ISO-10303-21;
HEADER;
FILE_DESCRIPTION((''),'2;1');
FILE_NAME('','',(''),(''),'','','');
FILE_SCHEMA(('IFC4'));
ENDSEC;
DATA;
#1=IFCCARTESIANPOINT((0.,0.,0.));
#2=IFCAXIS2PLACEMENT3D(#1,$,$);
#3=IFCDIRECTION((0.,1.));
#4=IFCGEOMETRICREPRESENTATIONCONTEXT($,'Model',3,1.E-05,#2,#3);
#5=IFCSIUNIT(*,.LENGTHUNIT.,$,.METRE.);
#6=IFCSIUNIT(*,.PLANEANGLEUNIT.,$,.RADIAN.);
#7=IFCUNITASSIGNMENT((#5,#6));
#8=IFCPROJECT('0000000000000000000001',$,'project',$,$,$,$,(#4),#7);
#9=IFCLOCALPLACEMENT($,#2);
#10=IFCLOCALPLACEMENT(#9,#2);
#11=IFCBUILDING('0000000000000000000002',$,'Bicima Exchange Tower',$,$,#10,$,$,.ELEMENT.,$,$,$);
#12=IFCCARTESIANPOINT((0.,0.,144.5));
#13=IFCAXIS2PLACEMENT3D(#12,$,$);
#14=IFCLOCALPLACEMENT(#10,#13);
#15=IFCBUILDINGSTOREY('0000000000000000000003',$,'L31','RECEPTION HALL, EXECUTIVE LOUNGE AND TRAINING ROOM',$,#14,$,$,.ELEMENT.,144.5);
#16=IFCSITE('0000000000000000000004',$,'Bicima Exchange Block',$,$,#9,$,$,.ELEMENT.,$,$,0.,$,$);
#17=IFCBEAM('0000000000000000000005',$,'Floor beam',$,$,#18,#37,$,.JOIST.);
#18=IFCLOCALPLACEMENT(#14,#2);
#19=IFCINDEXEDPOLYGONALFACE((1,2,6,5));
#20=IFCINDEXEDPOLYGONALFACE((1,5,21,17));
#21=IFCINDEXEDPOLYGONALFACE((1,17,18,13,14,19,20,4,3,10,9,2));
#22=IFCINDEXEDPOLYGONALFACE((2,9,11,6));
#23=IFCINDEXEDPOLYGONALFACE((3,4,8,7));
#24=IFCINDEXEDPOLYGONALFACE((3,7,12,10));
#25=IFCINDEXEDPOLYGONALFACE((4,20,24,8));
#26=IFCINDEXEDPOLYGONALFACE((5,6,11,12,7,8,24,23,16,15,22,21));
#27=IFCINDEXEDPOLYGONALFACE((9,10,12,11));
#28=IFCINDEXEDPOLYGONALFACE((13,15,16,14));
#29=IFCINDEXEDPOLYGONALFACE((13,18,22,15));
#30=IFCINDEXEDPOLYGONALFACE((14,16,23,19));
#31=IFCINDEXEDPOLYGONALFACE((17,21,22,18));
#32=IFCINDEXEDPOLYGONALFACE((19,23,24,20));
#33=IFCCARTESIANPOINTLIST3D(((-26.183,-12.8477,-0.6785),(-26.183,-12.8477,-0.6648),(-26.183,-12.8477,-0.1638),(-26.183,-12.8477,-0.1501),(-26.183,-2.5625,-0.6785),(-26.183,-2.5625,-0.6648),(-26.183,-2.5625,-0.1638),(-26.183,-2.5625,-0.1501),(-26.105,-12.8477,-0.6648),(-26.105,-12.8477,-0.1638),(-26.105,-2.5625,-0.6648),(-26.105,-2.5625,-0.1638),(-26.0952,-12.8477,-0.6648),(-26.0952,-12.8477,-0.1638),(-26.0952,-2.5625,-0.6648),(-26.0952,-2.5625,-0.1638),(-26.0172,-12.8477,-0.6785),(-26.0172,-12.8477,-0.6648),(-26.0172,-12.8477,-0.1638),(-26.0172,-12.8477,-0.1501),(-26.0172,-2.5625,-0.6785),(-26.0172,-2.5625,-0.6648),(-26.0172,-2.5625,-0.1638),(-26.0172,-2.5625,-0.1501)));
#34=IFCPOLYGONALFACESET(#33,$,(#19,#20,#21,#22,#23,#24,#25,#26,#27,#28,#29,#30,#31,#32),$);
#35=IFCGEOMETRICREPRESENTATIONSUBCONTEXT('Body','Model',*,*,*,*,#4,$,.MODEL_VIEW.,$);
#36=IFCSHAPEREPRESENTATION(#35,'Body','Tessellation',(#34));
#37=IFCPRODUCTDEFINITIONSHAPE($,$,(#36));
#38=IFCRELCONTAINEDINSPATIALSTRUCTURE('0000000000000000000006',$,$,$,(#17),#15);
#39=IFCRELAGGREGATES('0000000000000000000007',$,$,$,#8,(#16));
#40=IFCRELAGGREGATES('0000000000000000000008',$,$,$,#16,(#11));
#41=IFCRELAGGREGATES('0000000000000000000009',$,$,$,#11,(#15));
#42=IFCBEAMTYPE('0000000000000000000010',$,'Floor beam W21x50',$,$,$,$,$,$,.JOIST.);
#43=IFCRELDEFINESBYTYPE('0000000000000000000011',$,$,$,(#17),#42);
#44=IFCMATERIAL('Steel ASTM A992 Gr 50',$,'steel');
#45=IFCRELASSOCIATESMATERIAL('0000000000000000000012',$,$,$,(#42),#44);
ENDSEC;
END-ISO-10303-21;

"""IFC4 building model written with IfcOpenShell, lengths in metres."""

from ifc_helpers import new_model, si_unit, direction, frame, origin, origin_2d, place, context, subcontext, project, spatial, i_section, extrude, material, material_profile, profile_set, type_object, element, save


model = new_model("IFC4")

# Units and contexts
model_context = context("Model", 3, precision=1e-05, world=origin(), true_north=direction((0.0, 1.0)))
body_context = subcontext(model_context, "Body", "Model", "MODEL_VIEW")
ifc_project = project(units=[si_unit("LENGTHUNIT", "METRE"), si_unit("PLANEANGLEUNIT", "RADIAN")], contexts=[model_context])

# Site, building, storey
site_placement = place(None, origin())
site = spatial("IfcSite", under=ifc_project, at=site_placement, Name="Bicima Exchange Block", CompositionType="ELEMENT", RefElevation=0.0)
building_placement = place(site_placement, origin())
building = spatial("IfcBuilding", under=site, at=building_placement, Name="Bicima Exchange Tower", CompositionType="ELEMENT")
storey_placement = place(building_placement, frame((0.0, 0.0, 144.5)))
storey = spatial("IfcBuildingStorey", under=building, at=storey_placement, Name="L31", Description="RECEPTION HALL, EXECUTIVE LOUNGE AND TRAINING ROOM", CompositionType="ELEMENT", Elevation=144.5)

# Beam
ifc_material_1 = material(Name="Steel ASTM A992 Gr 50", Category="steel")
ifc_material_profile = material_profile(ifc_material_1, i_section(OverallWidth=0.1658, OverallDepth=0.5283, WebThickness=0.0098, FlangeThickness=0.0137, at=origin_2d()))
ifc_profile_set = profile_set([ifc_material_profile], Name="Steel ASTM A992 Gr 50")
beam_type = type_object("IfcBeamType", Name="Floor beam W21x50", PredefinedType="JOIST", material=ifc_profile_set)
beam_placement = place(storey_placement, frame((-26.1001, -2.5625, -0.4143), z_axis=(0.0, -1.0, 0.0), x_axis=(1.0, 0.0, 0.0)))
element("IfcBeam", 1, at=beam_placement, inside=storey, type_object=beam_type, Name="Floor beam", PredefinedType="JOIST", context=body_context, shape_type="SweptSolid", body=[
    extrude(i_section(OverallWidth=0.1658, OverallDepth=0.5283, WebThickness=0.0098, FlangeThickness=0.0137, at=origin_2d()), origin(), (0.0, 0.0, 1.0), 10.2852),
])

save(model, "model.ifc")
